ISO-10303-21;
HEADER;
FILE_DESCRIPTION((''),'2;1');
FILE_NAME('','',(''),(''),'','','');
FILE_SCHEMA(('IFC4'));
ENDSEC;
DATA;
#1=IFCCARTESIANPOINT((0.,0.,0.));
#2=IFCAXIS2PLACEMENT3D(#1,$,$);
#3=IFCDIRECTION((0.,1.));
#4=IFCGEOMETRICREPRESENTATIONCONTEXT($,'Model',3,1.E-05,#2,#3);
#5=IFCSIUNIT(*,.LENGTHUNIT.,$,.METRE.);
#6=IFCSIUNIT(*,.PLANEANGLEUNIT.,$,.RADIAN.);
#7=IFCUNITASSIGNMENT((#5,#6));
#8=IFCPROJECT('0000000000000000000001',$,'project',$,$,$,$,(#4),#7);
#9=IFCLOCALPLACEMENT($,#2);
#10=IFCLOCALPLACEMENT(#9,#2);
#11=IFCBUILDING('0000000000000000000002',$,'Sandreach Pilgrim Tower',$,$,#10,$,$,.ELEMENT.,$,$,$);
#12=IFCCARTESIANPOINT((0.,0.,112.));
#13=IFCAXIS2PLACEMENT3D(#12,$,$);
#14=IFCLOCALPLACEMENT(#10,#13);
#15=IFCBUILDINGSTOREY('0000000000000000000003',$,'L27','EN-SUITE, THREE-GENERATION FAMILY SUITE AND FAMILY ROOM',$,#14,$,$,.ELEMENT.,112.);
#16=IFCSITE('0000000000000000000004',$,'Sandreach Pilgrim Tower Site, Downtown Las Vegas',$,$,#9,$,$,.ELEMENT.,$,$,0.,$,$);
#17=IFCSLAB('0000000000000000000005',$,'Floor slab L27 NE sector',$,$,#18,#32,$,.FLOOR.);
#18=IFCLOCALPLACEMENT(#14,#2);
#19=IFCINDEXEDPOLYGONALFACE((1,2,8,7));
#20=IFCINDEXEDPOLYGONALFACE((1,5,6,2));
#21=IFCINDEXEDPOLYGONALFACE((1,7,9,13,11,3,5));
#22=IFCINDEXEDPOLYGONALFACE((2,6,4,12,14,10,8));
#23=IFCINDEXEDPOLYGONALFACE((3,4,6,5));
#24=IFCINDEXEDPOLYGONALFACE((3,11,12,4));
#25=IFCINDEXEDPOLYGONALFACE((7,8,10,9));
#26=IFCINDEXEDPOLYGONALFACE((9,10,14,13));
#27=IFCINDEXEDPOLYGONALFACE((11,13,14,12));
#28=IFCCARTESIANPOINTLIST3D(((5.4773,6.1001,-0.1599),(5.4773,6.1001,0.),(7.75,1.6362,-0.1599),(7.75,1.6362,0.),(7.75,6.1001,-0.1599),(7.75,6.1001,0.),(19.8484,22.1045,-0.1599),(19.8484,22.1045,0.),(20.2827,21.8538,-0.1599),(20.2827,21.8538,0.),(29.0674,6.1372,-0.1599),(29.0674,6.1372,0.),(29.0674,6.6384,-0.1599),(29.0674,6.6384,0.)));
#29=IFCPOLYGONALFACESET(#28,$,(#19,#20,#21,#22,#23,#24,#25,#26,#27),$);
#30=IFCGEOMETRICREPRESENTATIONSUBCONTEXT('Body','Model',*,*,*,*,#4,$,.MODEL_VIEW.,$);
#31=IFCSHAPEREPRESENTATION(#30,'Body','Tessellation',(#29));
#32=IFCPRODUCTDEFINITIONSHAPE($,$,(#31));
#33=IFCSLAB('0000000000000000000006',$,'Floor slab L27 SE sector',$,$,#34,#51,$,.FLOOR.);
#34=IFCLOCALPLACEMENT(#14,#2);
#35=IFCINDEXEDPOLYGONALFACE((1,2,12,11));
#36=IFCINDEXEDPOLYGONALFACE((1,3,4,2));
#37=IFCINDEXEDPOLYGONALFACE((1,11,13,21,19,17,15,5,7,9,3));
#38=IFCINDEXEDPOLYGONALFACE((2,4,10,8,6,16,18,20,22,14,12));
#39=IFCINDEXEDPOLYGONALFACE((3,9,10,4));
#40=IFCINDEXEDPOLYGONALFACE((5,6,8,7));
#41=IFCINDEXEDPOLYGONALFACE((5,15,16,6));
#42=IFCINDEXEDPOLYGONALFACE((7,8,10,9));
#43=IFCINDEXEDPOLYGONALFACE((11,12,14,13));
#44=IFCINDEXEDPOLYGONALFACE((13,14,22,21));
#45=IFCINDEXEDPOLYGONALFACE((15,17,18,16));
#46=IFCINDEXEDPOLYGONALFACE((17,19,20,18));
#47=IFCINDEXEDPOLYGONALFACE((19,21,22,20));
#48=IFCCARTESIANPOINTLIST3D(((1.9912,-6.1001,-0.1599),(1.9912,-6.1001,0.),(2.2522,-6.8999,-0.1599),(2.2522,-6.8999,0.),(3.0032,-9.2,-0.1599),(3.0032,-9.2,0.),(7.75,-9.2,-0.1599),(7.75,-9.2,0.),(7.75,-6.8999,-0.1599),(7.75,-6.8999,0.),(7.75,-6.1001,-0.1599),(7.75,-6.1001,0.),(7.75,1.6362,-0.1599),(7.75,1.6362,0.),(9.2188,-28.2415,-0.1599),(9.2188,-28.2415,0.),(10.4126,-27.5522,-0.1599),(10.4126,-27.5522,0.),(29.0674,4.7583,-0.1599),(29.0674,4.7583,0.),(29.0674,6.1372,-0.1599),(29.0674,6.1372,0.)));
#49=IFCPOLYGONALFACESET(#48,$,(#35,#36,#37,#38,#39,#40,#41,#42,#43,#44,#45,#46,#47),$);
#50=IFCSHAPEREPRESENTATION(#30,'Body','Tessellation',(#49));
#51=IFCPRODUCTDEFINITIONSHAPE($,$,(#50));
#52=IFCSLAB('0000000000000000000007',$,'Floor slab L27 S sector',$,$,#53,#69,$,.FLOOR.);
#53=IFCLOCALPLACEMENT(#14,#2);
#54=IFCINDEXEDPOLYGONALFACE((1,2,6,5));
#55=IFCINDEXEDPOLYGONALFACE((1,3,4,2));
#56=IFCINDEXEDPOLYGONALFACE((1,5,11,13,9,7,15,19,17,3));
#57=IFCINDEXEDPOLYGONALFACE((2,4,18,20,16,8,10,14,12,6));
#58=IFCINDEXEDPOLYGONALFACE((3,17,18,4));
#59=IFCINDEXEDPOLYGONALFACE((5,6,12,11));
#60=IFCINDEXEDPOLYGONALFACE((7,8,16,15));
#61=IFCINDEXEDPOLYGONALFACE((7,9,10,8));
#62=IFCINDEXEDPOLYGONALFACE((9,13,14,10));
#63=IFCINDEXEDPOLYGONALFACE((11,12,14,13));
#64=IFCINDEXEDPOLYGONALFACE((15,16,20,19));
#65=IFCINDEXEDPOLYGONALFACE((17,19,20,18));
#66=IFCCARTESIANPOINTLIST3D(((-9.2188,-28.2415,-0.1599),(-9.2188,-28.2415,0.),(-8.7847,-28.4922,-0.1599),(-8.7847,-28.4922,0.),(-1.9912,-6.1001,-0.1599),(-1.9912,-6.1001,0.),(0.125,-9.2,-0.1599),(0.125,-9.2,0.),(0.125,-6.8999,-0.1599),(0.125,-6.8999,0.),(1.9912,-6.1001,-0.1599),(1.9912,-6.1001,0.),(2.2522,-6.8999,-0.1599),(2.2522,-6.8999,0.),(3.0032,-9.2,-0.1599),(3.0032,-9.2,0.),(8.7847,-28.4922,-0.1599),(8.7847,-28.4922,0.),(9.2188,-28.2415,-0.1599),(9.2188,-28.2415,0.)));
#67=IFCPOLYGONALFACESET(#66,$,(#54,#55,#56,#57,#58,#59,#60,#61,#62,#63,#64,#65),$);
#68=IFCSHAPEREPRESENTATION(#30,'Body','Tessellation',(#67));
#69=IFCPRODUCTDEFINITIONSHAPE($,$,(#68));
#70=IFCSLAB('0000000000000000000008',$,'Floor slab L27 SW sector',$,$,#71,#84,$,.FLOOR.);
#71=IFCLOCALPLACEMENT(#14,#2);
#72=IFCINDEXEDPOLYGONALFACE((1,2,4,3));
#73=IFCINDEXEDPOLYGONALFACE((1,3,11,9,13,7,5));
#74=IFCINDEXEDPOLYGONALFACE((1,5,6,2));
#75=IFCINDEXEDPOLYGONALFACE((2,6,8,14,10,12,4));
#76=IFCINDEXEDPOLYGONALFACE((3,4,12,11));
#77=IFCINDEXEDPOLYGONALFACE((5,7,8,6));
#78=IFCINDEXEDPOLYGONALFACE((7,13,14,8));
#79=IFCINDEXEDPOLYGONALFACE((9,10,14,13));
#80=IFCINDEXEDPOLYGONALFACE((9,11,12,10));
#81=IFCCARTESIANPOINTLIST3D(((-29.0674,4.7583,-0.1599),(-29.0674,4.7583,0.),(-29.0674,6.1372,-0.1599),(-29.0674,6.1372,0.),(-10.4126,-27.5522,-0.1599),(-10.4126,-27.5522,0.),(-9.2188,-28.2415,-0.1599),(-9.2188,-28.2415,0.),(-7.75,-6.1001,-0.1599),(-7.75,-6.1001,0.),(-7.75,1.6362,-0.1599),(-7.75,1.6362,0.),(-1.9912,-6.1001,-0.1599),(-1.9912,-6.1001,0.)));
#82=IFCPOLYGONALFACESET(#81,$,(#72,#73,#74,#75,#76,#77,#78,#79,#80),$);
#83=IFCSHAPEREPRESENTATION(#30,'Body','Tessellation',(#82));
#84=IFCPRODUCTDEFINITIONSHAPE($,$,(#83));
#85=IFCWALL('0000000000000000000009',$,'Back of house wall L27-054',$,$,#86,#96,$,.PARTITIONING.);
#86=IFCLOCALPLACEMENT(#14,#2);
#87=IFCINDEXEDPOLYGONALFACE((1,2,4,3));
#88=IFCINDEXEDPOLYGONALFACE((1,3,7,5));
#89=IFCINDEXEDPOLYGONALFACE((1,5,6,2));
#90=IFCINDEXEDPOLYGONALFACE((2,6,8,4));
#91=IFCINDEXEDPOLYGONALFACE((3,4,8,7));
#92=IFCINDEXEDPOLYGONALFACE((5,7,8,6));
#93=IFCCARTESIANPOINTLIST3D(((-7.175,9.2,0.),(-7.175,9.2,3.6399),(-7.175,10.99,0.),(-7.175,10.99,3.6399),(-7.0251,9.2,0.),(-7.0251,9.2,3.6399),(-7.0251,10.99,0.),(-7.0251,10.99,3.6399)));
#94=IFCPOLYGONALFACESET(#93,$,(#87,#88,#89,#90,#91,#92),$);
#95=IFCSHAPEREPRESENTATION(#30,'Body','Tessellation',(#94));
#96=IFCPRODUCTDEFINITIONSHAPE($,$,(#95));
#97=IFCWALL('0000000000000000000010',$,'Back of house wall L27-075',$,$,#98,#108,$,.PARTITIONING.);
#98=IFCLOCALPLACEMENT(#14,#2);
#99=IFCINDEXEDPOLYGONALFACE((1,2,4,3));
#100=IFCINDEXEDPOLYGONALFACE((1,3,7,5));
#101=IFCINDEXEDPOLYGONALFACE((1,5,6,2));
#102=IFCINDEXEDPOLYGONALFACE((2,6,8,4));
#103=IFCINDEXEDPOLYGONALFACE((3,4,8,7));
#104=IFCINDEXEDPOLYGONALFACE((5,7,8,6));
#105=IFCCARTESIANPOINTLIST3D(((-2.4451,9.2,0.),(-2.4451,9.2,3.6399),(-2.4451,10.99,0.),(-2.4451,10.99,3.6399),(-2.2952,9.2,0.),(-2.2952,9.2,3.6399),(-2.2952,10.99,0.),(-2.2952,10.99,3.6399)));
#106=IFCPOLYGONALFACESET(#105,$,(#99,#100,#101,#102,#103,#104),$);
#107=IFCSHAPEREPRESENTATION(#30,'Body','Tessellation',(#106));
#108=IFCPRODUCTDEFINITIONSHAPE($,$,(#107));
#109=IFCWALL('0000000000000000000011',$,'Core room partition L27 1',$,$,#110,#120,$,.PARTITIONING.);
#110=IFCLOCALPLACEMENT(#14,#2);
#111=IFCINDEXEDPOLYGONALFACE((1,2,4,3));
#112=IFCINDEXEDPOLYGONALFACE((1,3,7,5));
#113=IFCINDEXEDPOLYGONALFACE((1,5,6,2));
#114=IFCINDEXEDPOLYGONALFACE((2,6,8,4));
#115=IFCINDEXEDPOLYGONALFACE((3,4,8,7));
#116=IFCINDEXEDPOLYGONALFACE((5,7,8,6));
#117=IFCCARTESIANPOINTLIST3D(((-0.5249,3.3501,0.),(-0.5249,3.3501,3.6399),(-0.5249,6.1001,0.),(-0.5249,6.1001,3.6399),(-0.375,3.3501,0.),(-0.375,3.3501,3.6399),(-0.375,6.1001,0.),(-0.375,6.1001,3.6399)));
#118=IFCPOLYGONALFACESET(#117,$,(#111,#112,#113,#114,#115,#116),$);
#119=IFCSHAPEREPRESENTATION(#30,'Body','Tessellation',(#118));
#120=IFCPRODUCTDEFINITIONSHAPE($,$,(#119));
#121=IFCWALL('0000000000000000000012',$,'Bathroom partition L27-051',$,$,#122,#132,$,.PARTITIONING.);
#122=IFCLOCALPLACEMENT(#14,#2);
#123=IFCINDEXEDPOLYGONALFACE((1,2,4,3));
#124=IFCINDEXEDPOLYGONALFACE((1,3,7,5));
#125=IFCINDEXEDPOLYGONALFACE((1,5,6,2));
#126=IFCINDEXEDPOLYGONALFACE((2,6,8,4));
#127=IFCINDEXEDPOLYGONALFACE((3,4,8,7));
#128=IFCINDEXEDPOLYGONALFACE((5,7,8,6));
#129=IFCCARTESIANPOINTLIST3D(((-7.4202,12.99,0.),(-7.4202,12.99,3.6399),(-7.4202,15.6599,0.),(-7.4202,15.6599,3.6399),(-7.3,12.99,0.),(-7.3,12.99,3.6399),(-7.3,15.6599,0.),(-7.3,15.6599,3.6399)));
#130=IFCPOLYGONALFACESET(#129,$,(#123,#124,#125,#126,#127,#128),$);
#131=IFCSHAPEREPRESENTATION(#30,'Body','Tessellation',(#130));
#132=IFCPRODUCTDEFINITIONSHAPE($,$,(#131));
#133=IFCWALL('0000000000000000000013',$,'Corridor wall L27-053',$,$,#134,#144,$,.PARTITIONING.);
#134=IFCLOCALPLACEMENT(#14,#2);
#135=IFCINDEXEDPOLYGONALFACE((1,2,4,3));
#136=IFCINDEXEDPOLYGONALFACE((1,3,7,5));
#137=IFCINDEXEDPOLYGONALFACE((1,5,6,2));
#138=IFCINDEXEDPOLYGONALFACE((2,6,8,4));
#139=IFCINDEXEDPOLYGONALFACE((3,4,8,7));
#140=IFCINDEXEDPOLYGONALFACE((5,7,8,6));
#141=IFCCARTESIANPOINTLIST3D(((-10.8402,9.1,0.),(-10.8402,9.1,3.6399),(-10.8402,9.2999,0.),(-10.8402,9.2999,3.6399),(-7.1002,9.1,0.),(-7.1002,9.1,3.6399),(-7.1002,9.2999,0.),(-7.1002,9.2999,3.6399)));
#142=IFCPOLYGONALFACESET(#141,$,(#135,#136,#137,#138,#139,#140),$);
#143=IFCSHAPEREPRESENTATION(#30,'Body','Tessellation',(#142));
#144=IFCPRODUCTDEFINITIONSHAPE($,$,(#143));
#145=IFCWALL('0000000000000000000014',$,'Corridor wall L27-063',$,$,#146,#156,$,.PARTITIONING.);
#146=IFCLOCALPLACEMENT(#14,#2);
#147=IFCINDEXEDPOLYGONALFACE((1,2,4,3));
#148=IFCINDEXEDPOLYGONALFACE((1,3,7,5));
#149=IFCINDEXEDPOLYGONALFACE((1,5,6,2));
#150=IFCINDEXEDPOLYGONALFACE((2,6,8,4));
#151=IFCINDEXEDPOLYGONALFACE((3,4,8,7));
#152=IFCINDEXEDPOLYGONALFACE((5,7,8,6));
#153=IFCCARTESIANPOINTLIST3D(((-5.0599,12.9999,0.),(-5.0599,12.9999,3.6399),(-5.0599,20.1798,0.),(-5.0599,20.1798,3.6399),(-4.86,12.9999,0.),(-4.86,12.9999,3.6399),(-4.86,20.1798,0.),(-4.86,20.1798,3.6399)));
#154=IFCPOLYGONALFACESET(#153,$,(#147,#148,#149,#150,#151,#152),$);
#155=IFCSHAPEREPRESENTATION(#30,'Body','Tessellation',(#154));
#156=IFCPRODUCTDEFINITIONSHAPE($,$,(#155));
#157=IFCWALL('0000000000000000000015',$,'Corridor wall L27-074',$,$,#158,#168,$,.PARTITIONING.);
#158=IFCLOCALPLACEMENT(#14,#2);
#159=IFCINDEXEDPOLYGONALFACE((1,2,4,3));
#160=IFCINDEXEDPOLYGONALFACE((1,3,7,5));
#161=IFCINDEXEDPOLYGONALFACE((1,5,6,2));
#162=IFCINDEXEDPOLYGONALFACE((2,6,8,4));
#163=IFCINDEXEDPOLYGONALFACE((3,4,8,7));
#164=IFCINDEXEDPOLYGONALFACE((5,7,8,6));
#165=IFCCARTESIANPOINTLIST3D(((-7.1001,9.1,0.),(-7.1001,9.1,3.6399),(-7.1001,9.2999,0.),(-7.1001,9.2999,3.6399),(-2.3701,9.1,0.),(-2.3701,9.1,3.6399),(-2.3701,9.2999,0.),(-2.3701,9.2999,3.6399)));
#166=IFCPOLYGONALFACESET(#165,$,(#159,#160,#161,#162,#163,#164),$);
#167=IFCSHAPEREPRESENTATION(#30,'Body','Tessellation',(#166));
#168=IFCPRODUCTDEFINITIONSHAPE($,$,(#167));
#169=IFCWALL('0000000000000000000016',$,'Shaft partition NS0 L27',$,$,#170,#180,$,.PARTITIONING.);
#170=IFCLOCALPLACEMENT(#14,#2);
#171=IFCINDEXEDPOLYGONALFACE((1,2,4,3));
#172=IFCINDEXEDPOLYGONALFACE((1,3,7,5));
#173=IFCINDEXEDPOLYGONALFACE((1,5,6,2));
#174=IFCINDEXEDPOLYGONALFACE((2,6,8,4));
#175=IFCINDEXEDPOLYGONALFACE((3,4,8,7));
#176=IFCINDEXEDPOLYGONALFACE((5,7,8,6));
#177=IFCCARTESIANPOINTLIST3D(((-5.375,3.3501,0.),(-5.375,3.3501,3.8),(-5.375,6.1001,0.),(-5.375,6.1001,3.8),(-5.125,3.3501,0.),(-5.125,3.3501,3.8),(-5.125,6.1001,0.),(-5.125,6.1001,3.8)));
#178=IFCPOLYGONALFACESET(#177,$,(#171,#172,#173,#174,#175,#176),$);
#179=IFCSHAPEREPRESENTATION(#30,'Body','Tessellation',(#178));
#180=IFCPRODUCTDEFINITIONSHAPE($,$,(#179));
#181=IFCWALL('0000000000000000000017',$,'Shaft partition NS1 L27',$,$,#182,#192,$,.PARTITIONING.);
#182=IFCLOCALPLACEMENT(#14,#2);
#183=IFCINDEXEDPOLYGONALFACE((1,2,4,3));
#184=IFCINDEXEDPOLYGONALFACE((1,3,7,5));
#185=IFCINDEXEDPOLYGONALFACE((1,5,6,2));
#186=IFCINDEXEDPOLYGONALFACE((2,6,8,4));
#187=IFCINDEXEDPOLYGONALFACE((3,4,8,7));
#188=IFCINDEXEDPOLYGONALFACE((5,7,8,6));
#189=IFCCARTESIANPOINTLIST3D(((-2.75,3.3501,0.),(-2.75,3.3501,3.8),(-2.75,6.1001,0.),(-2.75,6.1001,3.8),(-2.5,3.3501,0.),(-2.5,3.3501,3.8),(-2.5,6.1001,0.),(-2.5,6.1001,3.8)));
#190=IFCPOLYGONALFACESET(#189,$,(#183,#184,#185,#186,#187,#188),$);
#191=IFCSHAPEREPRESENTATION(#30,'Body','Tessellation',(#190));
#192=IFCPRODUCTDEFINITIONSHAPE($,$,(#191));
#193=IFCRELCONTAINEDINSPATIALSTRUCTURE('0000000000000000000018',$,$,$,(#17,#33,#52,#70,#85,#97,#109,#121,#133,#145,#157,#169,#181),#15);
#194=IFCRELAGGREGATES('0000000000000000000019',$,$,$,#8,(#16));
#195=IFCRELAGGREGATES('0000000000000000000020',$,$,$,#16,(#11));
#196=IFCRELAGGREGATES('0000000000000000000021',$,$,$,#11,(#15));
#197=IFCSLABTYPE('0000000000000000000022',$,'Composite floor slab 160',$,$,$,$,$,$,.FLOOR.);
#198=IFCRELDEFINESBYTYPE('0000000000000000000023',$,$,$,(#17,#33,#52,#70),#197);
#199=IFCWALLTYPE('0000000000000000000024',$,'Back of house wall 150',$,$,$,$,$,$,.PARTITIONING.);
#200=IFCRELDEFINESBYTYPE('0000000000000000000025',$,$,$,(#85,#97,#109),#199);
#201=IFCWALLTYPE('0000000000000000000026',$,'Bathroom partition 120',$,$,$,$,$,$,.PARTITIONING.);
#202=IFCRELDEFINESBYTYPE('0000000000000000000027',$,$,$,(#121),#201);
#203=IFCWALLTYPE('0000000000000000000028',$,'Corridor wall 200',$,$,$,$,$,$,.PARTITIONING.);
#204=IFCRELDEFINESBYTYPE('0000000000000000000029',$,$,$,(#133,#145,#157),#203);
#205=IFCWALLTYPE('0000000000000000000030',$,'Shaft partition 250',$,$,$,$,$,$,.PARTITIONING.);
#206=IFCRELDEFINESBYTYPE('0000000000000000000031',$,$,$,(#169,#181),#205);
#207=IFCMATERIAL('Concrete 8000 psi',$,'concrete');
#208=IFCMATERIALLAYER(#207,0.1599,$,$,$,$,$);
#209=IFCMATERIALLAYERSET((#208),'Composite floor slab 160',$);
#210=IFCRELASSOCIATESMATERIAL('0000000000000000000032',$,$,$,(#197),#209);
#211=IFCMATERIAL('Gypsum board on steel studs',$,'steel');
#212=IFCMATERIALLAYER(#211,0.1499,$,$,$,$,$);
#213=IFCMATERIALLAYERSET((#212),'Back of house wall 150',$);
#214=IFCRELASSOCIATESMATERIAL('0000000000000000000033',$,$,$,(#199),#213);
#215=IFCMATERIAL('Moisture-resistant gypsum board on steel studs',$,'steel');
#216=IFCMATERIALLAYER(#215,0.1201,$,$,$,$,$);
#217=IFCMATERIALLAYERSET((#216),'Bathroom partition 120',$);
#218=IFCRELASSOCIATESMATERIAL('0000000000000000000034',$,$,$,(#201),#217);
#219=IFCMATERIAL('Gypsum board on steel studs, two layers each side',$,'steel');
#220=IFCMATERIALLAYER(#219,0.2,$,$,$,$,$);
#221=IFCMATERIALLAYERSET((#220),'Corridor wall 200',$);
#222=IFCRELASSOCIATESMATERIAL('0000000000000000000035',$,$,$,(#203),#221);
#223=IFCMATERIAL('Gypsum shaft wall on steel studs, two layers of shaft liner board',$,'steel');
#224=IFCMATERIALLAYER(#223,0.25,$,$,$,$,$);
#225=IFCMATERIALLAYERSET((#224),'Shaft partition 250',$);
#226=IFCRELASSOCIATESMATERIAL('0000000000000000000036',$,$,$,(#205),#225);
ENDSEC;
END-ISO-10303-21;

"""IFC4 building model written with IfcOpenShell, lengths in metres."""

from ifc_helpers import new_model, si_unit, direction, frame, frame_2d, origin, place, context, subcontext, project, spatial, polyline, rectangle, outline, extrude, material, layer, layer_set, type_object, element, save


model = new_model("IFC4")

# Units and contexts
model_context = context("Model", 3, precision=1e-05, world=origin(), true_north=direction((0.0, 1.0)))
body_context = subcontext(model_context, "Body", "Model", "MODEL_VIEW")
ifc_project = project(units=[si_unit("LENGTHUNIT", "METRE"), si_unit("PLANEANGLEUNIT", "RADIAN")], contexts=[model_context])

# Site, building, storey
site_placement = place(None, origin())
site = spatial("IfcSite", under=ifc_project, at=site_placement, Name="Sandreach Pilgrim Tower Site, Downtown Las Vegas", CompositionType="ELEMENT", RefElevation=0.0)
building_placement = place(site_placement, origin())
building = spatial("IfcBuilding", under=site, at=building_placement, Name="Sandreach Pilgrim Tower", CompositionType="ELEMENT")
storey_placement = place(building_placement, frame((0.0, 0.0, 112.0)))
storey = spatial("IfcBuildingStorey", under=building, at=storey_placement, Name="L27", Description="EN-SUITE, THREE-GENERATION FAMILY SUITE AND FAMILY ROOM", CompositionType="ELEMENT", Elevation=112.0)

# Slabs
ifc_material_1 = material(Name="Concrete 8000 psi", Category="concrete")
ifc_layer_1 = layer(ifc_material_1, 0.1599)
ifc_layer_set_1 = layer_set([ifc_layer_1], Name="Composite floor slab 160")
slab_type = type_object("IfcSlabType", Name="Composite floor slab 160", PredefinedType="FLOOR", material=ifc_layer_set_1)
slab_1_placement = place(storey_placement, frame((0.0, 0.0, -0.1599)))
element("IfcSlab", 1, at=slab_1_placement, inside=storey, type_object=slab_type, Name="Floor slab L27 NE sector", PredefinedType="FLOOR", context=body_context, shape_type="SweptSolid", body=[
    extrude(outline(polyline([(20.2827, 21.8538), (29.0674, 6.6384), (29.0674, 6.1372), (7.75, 1.6362), (7.75, 6.1001), (5.4773, 6.1001), (19.8484, 22.1045), (20.2827, 21.8538)])), origin(), (0.0, 0.0, 1.0), 0.1599),
])
slab_2_placement = place(storey_placement, frame((0.0, 0.0, -0.1599)))
element("IfcSlab", 2, at=slab_2_placement, inside=storey, type_object=slab_type, Name="Floor slab L27 SE sector", PredefinedType="FLOOR", context=body_context, shape_type="SweptSolid", body=[
    extrude(outline(polyline([(29.0674, 4.7583), (10.4126, -27.5522), (9.2188, -28.2415), (3.0032, -9.2), (7.75, -9.2), (7.75, -6.8999), (2.2522, -6.8999), (1.9912, -6.1001), (7.75, -6.1001), (7.75, 1.6362), (29.0674, 6.1372), (29.0674, 4.7583)])), origin(), (0.0, 0.0, 1.0), 0.1599),
])
slab_3_placement = place(storey_placement, frame((0.0, 0.0, -0.1599)))
element("IfcSlab", 3, at=slab_3_placement, inside=storey, type_object=slab_type, Name="Floor slab L27 S sector", PredefinedType="FLOOR", context=body_context, shape_type="SweptSolid", body=[
    extrude(outline(polyline([(8.7847, -28.4922), (-8.7847, -28.4922), (-9.2188, -28.2415), (-1.9912, -6.1001), (1.9912, -6.1001), (2.2522, -6.8999), (0.125, -6.8999), (0.125, -9.2), (3.0032, -9.2), (9.2188, -28.2415), (8.7847, -28.4922)])), origin(), (0.0, 0.0, 1.0), 0.1599),
])
slab_4_placement = place(storey_placement, frame((0.0, 0.0, -0.1599)))
element("IfcSlab", 4, at=slab_4_placement, inside=storey, type_object=slab_type, Name="Floor slab L27 SW sector", PredefinedType="FLOOR", context=body_context, shape_type="SweptSolid", body=[
    extrude(outline(polyline([(-10.4126, -27.5522), (-29.0674, 4.7583), (-29.0674, 6.1372), (-7.75, 1.6362), (-7.75, -6.1001), (-1.9912, -6.1001), (-9.2188, -28.2415), (-10.4126, -27.5522)])), origin(), (0.0, 0.0, 1.0), 0.1599),
])

# Walls
ifc_material_2 = material(Name="Gypsum board on steel studs", Category="steel")
ifc_layer_2 = layer(ifc_material_2, 0.1499)
ifc_layer_set_2 = layer_set([ifc_layer_2], Name="Back of house wall 150")
wall_type_1 = type_object("IfcWallType", Name="Back of house wall 150", PredefinedType="PARTITIONING", material=ifc_layer_set_2)
for number, where, z_axis, x_axis, name in (
    (5, (-7.1001, 10.99, 0.0), (0.0, 0.0, 1.0), (0.0, -1.0, 0.0), "Back of house wall L27-054"),
    (6, (-2.3701, 10.99, 0.0), (0.0, 0.0, 1.0), (0.0, -1.0, 0.0), "Back of house wall L27-075"),
):
    element("IfcWall", number, at=place(storey_placement, frame(where, z_axis=z_axis, x_axis=x_axis)), inside=storey, type_object=wall_type_1, Name=name, PredefinedType="PARTITIONING", context=body_context, shape_type="SweptSolid", body=[
        extrude(rectangle(XDim=1.79, YDim=0.1499, at=frame_2d((0.895, 0.0))), origin(), (0.0, 0.0, 1.0), 3.6399),
    ])
wall_1_placement = place(storey_placement, frame((-0.45, 3.3501, 0.0), z_axis=(0.0, 0.0, 1.0), x_axis=(0.0, 1.0, 0.0)))
element("IfcWall", 7, at=wall_1_placement, inside=storey, type_object=wall_type_1, Name="Core room partition L27 1", PredefinedType="PARTITIONING", context=body_context, shape_type="SweptSolid", body=[
    extrude(rectangle(XDim=2.75, YDim=0.1499, at=frame_2d((1.375, 0.0))), origin(), (0.0, 0.0, 1.0), 3.6399),
])
ifc_material_3 = material(Name="Moisture-resistant gypsum board on steel studs", Category="steel")
ifc_layer_3 = layer(ifc_material_3, 0.1201)
ifc_layer_set_3 = layer_set([ifc_layer_3], Name="Bathroom partition 120")
wall_type_2 = type_object("IfcWallType", Name="Bathroom partition 120", PredefinedType="PARTITIONING", material=ifc_layer_set_3)
wall_2_placement = place(storey_placement, frame((-7.3601, 15.6599, 0.0), z_axis=(0.0, 0.0, 1.0), x_axis=(0.0, -1.0, 0.0)))
element("IfcWall", 8, at=wall_2_placement, inside=storey, type_object=wall_type_2, Name="Bathroom partition L27-051", PredefinedType="PARTITIONING", context=body_context, shape_type="SweptSolid", body=[
    extrude(rectangle(XDim=2.6699, YDim=0.1201, at=frame_2d((1.335, 0.0))), origin(), (0.0, 0.0, 1.0), 3.6399),
])

# Wall
ifc_material_4 = material(Name="Gypsum board on steel studs, two layers each side", Category="steel")
ifc_layer_4 = layer(ifc_material_4, 0.2)
ifc_layer_set_4 = layer_set([ifc_layer_4], Name="Corridor wall 200")
wall_type_3 = type_object("IfcWallType", Name="Corridor wall 200", PredefinedType="PARTITIONING", material=ifc_layer_set_4)
wall_3_placement = place(storey_placement, frame((-7.1001, 9.2, 0.0), z_axis=(0.0, 0.0, 1.0), x_axis=(-1.0, 0.0, 0.0)))
element("IfcWall", 9, at=wall_3_placement, inside=storey, type_object=wall_type_3, Name="Corridor wall L27-053", PredefinedType="PARTITIONING", context=body_context, shape_type="SweptSolid", body=[
    extrude(rectangle(XDim=3.74, YDim=0.2, at=frame_2d((1.8701, 0.0))), origin(), (0.0, 0.0, 1.0), 3.6399),
])

# Walls
wall_4_placement = place(storey_placement, frame((-4.96, 13.0, 0.0), z_axis=(0.0, 0.0, 1.0), x_axis=(0.0, 1.0, 0.0)))
element("IfcWall", 10, at=wall_4_placement, inside=storey, type_object=wall_type_3, Name="Corridor wall L27-063", PredefinedType="PARTITIONING", context=body_context, shape_type="SweptSolid", body=[
    extrude(rectangle(XDim=7.1799, YDim=0.2, at=frame_2d((3.5898, 0.0))), origin(), (0.0, 0.0, 1.0), 3.6399),
])
wall_5_placement = place(storey_placement, frame((-2.3701, 9.2, 0.0), z_axis=(0.0, 0.0, 1.0), x_axis=(-1.0, 0.0, 0.0)))
element("IfcWall", 11, at=wall_5_placement, inside=storey, type_object=wall_type_3, Name="Corridor wall L27-074", PredefinedType="PARTITIONING", context=body_context, shape_type="SweptSolid", body=[
    extrude(rectangle(XDim=4.73, YDim=0.2, at=frame_2d((2.365, 0.0))), origin(), (0.0, 0.0, 1.0), 3.6399),
])

# Walls
ifc_material_5 = material(Name="Gypsum shaft wall on steel studs, two layers of shaft liner board", Category="steel")
ifc_layer_5 = layer(ifc_material_5, 0.25)
ifc_layer_set_5 = layer_set([ifc_layer_5], Name="Shaft partition 250")
wall_type_4 = type_object("IfcWallType", Name="Shaft partition 250", PredefinedType="PARTITIONING", material=ifc_layer_set_5)
for number, where, z_axis, x_axis, name in (
    (12, (-5.25, 3.3501, 0.0), (0.0, 0.0, 1.0), (0.0, 1.0, 0.0), "Shaft partition NS0 L27"),
    (13, (-2.625, 3.3501, 0.0), (0.0, 0.0, 1.0), (0.0, 1.0, 0.0), "Shaft partition NS1 L27"),
):
    element("IfcWall", number, at=place(storey_placement, frame(where, z_axis=z_axis, x_axis=x_axis)), inside=storey, type_object=wall_type_4, Name=name, PredefinedType="PARTITIONING", context=body_context, shape_type="SweptSolid", body=[
        extrude(rectangle(XDim=2.75, YDim=0.25, at=frame_2d((1.375, 0.0))), origin(), (0.0, 0.0, 1.0), 3.8),
    ])

save(model, "model.ifc")
